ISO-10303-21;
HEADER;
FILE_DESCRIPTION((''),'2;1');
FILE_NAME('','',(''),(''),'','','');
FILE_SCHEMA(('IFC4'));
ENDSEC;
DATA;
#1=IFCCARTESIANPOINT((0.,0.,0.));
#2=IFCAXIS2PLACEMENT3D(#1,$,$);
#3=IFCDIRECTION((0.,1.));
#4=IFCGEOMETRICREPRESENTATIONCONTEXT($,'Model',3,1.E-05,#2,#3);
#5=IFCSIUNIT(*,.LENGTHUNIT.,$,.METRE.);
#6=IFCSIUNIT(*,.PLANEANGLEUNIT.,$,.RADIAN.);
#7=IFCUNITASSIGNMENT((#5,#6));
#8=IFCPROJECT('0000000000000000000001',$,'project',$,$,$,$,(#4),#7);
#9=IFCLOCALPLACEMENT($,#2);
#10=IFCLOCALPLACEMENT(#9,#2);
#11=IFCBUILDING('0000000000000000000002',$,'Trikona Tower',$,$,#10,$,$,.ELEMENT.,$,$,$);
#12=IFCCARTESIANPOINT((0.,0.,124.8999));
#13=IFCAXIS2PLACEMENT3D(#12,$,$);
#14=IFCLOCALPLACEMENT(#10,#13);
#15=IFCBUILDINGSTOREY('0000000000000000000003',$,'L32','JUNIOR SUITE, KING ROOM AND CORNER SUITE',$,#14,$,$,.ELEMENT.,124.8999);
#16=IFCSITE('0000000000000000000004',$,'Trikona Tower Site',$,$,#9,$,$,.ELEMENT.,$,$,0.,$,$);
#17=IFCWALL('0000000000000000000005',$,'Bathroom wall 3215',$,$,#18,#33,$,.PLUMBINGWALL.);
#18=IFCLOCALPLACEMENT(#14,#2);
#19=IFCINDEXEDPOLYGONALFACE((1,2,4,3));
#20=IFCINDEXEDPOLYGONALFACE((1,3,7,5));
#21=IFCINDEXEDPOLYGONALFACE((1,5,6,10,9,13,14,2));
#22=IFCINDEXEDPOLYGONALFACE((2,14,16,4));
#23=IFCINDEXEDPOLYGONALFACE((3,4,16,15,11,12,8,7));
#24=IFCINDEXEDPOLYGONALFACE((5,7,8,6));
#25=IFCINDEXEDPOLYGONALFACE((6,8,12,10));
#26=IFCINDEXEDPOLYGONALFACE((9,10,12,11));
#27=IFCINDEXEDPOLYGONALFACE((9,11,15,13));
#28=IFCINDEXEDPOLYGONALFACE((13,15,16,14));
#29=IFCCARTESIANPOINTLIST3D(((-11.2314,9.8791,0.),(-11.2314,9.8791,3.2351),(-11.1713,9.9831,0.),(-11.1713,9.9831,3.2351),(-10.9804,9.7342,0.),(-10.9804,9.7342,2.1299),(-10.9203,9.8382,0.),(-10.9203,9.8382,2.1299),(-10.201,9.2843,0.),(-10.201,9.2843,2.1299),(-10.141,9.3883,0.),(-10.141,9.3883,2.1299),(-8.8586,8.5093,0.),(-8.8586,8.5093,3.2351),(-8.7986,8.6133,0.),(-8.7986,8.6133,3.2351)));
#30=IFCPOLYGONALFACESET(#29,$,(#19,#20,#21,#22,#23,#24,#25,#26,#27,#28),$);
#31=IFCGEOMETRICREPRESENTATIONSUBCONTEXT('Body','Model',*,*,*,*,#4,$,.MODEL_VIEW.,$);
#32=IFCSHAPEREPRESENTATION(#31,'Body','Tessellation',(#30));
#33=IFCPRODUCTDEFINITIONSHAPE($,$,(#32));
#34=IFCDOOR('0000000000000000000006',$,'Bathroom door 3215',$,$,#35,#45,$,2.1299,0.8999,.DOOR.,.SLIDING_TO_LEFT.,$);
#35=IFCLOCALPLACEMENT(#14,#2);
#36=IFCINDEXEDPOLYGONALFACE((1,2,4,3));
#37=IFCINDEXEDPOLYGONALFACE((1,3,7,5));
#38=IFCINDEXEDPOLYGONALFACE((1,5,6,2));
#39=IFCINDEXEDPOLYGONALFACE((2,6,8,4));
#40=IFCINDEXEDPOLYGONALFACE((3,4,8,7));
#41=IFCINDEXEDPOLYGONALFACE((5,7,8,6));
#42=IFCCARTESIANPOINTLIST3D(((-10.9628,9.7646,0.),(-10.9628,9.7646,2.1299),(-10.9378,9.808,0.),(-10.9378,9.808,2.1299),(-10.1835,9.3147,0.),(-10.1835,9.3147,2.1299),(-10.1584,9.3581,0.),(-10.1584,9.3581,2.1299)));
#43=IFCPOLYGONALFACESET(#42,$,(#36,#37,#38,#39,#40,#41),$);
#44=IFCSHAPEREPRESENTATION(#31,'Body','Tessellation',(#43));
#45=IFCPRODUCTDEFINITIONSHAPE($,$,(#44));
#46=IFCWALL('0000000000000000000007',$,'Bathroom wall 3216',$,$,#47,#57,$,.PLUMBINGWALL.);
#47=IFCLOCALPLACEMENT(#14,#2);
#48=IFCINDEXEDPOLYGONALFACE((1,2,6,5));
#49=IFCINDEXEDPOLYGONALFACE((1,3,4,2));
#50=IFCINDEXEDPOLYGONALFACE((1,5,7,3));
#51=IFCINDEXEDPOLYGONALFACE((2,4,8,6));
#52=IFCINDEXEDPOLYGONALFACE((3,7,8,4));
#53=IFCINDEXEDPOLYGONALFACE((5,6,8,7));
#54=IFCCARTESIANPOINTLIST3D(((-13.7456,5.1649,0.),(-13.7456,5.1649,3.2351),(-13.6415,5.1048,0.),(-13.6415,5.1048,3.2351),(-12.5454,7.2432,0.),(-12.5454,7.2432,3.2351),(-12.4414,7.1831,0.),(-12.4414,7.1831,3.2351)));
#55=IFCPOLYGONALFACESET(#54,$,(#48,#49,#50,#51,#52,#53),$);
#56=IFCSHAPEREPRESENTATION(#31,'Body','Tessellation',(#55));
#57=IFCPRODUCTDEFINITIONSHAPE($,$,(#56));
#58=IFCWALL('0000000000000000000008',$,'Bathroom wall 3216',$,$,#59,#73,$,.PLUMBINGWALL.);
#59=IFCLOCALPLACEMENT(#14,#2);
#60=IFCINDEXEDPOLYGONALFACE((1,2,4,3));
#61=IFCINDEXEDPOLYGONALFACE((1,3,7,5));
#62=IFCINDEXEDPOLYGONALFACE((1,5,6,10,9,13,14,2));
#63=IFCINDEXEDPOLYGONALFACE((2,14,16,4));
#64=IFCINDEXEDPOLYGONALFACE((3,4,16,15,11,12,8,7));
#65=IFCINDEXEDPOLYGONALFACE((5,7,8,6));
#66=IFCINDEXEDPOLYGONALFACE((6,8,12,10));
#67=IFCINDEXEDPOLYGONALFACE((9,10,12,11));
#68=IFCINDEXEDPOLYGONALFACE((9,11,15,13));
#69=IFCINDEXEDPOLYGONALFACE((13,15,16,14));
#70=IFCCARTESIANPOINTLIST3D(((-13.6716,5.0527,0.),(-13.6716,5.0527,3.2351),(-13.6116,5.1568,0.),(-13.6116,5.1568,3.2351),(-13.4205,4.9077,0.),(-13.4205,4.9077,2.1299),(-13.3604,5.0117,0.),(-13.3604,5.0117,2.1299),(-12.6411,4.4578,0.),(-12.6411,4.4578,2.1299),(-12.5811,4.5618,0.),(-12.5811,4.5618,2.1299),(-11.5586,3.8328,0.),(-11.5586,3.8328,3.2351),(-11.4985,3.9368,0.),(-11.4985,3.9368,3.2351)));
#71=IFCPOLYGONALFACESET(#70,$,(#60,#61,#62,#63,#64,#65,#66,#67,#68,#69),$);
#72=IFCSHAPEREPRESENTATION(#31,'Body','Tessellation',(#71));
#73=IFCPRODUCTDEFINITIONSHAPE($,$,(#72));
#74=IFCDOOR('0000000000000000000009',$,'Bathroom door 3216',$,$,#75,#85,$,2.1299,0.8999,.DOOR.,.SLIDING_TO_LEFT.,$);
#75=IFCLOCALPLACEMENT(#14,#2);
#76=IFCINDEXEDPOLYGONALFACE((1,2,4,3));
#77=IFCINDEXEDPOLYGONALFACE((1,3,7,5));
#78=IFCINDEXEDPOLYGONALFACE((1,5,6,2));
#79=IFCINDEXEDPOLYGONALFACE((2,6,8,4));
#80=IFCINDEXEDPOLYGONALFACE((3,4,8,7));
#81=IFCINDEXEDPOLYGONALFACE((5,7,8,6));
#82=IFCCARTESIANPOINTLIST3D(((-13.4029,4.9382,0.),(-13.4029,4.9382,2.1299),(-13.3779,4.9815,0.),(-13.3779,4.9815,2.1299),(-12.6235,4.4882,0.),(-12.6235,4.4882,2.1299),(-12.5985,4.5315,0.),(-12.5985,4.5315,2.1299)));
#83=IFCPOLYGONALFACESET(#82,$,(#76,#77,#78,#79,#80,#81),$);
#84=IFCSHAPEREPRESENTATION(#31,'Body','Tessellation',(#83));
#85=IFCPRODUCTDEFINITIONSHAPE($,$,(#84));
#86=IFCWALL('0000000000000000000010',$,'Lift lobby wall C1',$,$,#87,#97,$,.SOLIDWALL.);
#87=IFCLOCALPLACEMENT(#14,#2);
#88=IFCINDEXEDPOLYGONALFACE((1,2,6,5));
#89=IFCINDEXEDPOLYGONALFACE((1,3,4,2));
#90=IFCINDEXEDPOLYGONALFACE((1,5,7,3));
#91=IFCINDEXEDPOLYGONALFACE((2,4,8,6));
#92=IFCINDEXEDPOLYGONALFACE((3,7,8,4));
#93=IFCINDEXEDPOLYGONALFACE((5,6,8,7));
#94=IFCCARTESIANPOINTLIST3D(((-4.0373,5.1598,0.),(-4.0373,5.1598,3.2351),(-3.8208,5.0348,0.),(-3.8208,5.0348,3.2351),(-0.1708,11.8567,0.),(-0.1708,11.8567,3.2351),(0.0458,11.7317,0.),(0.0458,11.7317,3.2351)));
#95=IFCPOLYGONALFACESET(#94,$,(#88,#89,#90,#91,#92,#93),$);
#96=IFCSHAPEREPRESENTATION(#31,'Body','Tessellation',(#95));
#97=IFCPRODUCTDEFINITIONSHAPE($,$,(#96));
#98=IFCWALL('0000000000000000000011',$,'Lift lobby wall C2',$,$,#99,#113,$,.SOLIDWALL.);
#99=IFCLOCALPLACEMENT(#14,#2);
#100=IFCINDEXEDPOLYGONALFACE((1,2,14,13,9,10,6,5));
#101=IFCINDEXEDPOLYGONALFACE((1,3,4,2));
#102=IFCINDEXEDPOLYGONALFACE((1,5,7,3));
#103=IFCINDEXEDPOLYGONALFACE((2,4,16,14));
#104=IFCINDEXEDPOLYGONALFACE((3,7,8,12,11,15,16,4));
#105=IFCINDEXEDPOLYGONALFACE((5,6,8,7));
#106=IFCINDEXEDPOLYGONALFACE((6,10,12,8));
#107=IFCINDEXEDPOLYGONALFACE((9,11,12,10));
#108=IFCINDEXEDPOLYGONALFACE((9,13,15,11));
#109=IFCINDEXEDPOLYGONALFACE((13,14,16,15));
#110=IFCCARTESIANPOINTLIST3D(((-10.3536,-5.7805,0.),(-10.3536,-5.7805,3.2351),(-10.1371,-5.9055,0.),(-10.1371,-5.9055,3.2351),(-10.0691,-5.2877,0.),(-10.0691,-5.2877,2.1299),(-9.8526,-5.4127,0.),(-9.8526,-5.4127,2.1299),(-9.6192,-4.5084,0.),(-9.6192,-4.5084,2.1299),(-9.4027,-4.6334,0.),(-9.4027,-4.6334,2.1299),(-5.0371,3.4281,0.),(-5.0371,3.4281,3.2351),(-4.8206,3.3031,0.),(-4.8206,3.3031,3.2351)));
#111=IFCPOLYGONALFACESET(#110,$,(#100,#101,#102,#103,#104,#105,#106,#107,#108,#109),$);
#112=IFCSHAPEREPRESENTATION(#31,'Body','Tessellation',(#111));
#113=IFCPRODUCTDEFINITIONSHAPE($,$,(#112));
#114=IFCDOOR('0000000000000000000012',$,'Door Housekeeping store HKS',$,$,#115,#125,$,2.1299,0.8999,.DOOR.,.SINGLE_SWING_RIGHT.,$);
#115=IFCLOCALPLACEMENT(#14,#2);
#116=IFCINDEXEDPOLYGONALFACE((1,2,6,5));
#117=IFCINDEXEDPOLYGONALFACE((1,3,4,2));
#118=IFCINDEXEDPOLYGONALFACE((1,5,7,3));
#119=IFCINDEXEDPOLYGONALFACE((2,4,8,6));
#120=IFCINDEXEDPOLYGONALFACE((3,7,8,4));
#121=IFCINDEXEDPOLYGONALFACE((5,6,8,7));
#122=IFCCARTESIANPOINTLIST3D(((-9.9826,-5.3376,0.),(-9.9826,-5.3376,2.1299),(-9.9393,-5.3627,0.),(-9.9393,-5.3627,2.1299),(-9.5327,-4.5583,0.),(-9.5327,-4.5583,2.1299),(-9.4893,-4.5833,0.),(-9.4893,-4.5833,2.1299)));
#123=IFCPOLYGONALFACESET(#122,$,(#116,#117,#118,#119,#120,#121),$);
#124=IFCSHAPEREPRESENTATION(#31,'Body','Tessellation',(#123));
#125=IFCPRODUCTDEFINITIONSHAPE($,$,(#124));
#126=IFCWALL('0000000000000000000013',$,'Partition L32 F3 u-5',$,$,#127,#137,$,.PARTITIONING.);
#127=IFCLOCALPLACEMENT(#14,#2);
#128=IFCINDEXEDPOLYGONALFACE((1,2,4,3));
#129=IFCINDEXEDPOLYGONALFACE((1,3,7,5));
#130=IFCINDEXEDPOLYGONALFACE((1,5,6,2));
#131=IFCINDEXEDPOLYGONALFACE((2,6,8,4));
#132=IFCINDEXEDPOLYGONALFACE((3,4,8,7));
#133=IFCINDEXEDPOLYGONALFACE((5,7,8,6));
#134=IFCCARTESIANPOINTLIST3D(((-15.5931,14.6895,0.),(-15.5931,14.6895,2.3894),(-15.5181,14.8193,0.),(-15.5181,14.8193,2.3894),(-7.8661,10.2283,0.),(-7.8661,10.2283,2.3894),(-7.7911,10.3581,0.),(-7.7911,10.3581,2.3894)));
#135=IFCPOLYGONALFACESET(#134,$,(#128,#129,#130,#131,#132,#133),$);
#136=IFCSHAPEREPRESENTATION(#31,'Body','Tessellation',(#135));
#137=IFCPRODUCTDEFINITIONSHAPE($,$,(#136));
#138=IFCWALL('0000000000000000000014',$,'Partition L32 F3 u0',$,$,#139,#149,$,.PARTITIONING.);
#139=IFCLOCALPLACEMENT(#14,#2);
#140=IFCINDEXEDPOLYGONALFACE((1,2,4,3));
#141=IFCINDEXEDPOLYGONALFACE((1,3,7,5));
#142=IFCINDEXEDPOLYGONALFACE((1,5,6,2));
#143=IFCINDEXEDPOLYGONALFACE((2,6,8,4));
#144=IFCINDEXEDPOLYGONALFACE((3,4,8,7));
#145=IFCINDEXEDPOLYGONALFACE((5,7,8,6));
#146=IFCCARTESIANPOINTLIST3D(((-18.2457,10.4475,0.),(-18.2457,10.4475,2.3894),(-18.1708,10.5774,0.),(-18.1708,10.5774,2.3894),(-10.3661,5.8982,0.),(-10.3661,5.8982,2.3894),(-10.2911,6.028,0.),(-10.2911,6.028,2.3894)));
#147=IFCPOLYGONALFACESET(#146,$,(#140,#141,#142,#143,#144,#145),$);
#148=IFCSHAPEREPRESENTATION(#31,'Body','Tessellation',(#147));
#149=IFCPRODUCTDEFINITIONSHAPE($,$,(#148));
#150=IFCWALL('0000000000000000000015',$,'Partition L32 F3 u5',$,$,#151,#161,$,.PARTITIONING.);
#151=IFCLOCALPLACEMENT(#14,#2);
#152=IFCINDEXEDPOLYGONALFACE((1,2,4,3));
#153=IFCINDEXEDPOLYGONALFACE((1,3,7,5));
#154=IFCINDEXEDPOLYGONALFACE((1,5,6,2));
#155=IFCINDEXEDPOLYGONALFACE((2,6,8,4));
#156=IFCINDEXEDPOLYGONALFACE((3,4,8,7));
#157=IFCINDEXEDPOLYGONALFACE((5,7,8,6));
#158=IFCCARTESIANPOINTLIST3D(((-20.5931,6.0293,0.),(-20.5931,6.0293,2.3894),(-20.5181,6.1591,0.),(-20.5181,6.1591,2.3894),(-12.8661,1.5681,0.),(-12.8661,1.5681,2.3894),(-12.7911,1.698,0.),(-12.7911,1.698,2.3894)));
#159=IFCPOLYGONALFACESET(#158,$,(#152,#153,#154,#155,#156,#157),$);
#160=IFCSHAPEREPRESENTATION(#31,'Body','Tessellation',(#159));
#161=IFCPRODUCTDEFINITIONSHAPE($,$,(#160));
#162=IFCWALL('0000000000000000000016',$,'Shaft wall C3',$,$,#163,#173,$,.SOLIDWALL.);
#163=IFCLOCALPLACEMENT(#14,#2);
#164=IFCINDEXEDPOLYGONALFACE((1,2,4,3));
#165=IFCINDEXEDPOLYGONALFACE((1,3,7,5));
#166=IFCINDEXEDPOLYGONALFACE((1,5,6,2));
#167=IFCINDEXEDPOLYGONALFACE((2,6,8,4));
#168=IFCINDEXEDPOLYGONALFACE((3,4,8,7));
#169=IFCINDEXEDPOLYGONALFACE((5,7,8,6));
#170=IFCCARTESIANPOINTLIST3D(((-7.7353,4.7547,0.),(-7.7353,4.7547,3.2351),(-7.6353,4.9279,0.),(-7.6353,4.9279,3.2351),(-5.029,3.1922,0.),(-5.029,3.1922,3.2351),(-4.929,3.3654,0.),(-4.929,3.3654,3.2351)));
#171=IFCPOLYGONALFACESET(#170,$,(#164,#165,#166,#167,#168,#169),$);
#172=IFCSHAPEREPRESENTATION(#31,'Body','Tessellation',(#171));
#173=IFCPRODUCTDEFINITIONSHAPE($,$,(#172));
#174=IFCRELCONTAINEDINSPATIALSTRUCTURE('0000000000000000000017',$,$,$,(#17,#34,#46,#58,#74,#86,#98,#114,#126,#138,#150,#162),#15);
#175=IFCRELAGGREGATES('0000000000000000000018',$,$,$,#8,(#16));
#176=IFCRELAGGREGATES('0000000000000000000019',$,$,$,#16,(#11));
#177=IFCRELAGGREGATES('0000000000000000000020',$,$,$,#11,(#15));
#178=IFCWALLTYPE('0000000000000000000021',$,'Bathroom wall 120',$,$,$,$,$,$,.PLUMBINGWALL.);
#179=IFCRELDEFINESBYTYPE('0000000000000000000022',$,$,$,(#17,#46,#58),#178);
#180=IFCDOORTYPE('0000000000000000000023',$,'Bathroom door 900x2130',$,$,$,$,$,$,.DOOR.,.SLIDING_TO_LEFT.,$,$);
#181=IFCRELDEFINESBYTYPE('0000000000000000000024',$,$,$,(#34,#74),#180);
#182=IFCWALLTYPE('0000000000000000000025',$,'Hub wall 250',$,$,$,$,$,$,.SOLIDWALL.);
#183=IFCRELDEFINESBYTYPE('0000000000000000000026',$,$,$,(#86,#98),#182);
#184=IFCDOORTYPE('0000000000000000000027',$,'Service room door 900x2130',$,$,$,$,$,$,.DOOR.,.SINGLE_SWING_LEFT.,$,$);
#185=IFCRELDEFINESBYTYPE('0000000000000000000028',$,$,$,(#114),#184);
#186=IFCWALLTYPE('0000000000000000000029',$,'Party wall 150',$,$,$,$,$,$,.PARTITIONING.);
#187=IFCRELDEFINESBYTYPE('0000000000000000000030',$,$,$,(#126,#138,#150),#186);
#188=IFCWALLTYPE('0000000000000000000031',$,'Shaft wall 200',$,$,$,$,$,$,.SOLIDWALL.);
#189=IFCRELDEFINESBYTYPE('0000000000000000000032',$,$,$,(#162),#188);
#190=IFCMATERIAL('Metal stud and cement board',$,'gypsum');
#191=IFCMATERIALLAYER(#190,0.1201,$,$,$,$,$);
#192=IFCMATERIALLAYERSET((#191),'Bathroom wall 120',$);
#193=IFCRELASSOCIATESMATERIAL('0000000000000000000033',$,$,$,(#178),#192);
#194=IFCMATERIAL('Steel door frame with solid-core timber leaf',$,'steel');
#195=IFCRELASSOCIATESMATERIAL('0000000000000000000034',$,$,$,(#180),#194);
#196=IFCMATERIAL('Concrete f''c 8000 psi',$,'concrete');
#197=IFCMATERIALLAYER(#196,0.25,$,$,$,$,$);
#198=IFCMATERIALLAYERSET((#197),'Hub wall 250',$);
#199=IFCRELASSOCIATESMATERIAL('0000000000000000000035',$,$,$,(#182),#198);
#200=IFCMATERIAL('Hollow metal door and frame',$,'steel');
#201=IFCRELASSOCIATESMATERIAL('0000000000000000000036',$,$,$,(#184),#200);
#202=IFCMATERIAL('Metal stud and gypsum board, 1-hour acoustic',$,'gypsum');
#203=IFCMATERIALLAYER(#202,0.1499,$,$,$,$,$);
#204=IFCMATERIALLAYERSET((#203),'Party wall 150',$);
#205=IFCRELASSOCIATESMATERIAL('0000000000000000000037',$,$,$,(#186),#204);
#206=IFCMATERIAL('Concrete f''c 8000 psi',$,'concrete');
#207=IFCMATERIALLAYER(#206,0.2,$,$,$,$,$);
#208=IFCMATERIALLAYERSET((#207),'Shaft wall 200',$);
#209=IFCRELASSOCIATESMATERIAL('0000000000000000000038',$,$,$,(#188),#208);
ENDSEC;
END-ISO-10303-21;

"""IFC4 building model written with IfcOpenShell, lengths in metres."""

from ifc_helpers import new_model, si_unit, direction, frame, frame_2d, origin, place, context, subcontext, project, spatial, rectangle, extrude, material, layer, layer_set, type_object, element, fill, save


model = new_model("IFC4")

# Units and contexts
model_context = context("Model", 3, precision=1e-05, world=origin(), true_north=direction((0.0, 1.0)))
body_context = subcontext(model_context, "Body", "Model", "MODEL_VIEW")
ifc_project = project(units=[si_unit("LENGTHUNIT", "METRE"), si_unit("PLANEANGLEUNIT", "RADIAN")], contexts=[model_context])

# Site, building, storey
site_placement = place(None, origin())
site = spatial("IfcSite", under=ifc_project, at=site_placement, Name="Trikona Tower Site", CompositionType="ELEMENT", RefElevation=0.0)
building_placement = place(site_placement, origin())
building = spatial("IfcBuilding", under=site, at=building_placement, Name="Trikona Tower", CompositionType="ELEMENT")
storey_placement = place(building_placement, frame((0.0, 0.0, 124.8999)))
storey = spatial("IfcBuildingStorey", under=building, at=storey_placement, Name="L32", Description="JUNIOR SUITE, KING ROOM AND CORNER SUITE", CompositionType="ELEMENT", Elevation=124.8999)

# Shared definitions
ifc_material_1 = material(Name="Metal stud and cement board", Category="gypsum")
ifc_layer_1 = layer(ifc_material_1, 0.1201)
ifc_layer_set_1 = layer_set([ifc_layer_1], Name="Bathroom wall 120")
wall_type_1 = type_object("IfcWallType", Name="Bathroom wall 120", PredefinedType="PLUMBINGWALL", material=ifc_layer_set_1)
ifc_material_2 = material(Name="Steel door frame with solid-core timber leaf", Category="steel")
door_type_1 = type_object("IfcDoorType", Name="Bathroom door 900x2130", OperationType="SLIDING_TO_LEFT", PredefinedType="DOOR", material=ifc_material_2)

# Wall, opening, door
wall_1_placement = place(storey_placement, frame((-8.8286, 8.5613, 0.0), z_axis=(0.0, 0.0, 1.0), x_axis=(-0.866036, 0.499982, 0.0)))
wall_1 = element("IfcWall", 1, at=wall_1_placement, inside=storey, type_object=wall_type_1, Name="Bathroom wall 3215", PredefinedType="PLUMBINGWALL", context=body_context, shape_type="SweptSolid", body=[
    extrude(rectangle(XDim=2.7397, YDim=0.1201, at=frame_2d((1.3699, 0.0))), origin(), (0.0, 0.0, 1.0), 3.2351),
])
opening_1_placement = place(wall_1_placement, frame((1.55, 0.0, 0.0)))
opening_1 = element("IfcOpeningElement", 2, at=opening_1_placement, cuts=wall_1, PredefinedType="OPENING", context=body_context, shape_type="SweptSolid", body=[
    extrude(rectangle(XDim=0.8999, YDim=2.1299, at=frame_2d((0.45, 1.0649))), frame((0.0, 0.0701, 0.0), z_axis=(0.0, -1.0, 0.0), x_axis=(1.0, 0.0, 0.0)), (0.0, 0.0, 1.0), 0.1401),
])
door_1_placement = place(opening_1_placement, origin())
door_1 = element("IfcDoor", 3, at=door_1_placement, inside=storey, type_object=door_type_1, Name="Bathroom door 3215", OperationType="SLIDING_TO_LEFT", OverallHeight=2.1299, OverallWidth=0.8999, PredefinedType="DOOR", context=body_context, shape_type="SweptSolid", body=[
    extrude(rectangle(XDim=0.8999, YDim=2.1299, at=frame_2d((0.45, 1.0649))), frame((0.0, 0.0249, 0.0), z_axis=(0.0, -1.0, 0.0), x_axis=(1.0, 0.0, 0.0)), (0.0, 0.0, 1.0), 0.05),
])
fill(opening_1, door_1)

# Wall
wall_2_placement = place(storey_placement, frame((-12.4934, 7.2131, 0.0), z_axis=(0.0, 0.0, 1.0), x_axis=(-0.500078, -0.865981, 0.0)))
element("IfcWall", 4, at=wall_2_placement, inside=storey, type_object=wall_type_1, Name="Bathroom wall 3216", PredefinedType="PLUMBINGWALL", context=body_context, shape_type="SweptSolid", body=[
    extrude(rectangle(XDim=2.3999, YDim=0.1201, at=frame_2d((1.2, 0.0))), origin(), (0.0, 0.0, 1.0), 3.2351),
])

# Wall, opening, door
wall_3_placement = place(storey_placement, frame((-11.5286, 3.8848, 0.0), z_axis=(0.0, 0.0, 1.0), x_axis=(-0.866024, 0.500003, 0.0)))
wall_3 = element("IfcWall", 5, at=wall_3_placement, inside=storey, type_object=wall_type_1, Name="Bathroom wall 3216", PredefinedType="PLUMBINGWALL", context=body_context, shape_type="SweptSolid", body=[
    extrude(rectangle(XDim=2.4399, YDim=0.1201, at=frame_2d((1.22, 0.0))), origin(), (0.0, 0.0, 1.0), 3.2351),
])
opening_2_placement = place(wall_3_placement, frame((1.25, 0.0, 0.0)))
opening_2 = element("IfcOpeningElement", 6, at=opening_2_placement, cuts=wall_3, PredefinedType="OPENING", context=body_context, shape_type="SweptSolid", body=[
    extrude(rectangle(XDim=0.8999, YDim=2.1299, at=frame_2d((0.45, 1.0649))), frame((0.0, 0.0701, 0.0), z_axis=(0.0, -1.0, 0.0), x_axis=(1.0, 0.0, 0.0)), (0.0, 0.0, 1.0), 0.1401),
])
door_2_placement = place(opening_2_placement, origin())
door_2 = element("IfcDoor", 7, at=door_2_placement, inside=storey, type_object=door_type_1, Name="Bathroom door 3216", OperationType="SLIDING_TO_LEFT", OverallHeight=2.1299, OverallWidth=0.8999, PredefinedType="DOOR", context=body_context, shape_type="SweptSolid", body=[
    extrude(rectangle(XDim=0.8999, YDim=2.1299, at=frame_2d((0.45, 1.0649))), frame((0.0, 0.0249, 0.0), z_axis=(0.0, -1.0, 0.0), x_axis=(1.0, 0.0, 0.0)), (0.0, 0.0, 1.0), 0.05),
])
fill(opening_2, door_2)

# Wall
ifc_material_3 = material(Name="Concrete f'c 8000 psi", Category="concrete")
ifc_layer_2 = layer(ifc_material_3, 0.25)
ifc_layer_set_2 = layer_set([ifc_layer_2], Name="Hub wall 250")
wall_type_2 = type_object("IfcWallType", Name="Hub wall 250", PredefinedType="SOLIDWALL", material=ifc_layer_set_2)
wall_4_placement = place(storey_placement, frame((-0.0625, 11.7942, 0.0), z_axis=(0.0, 0.0, 1.0), x_axis=(-0.500007, -0.866022, 0.0)))
element("IfcWall", 8, at=wall_4_placement, inside=storey, type_object=wall_type_2, Name="Lift lobby wall C1", PredefinedType="SOLIDWALL", context=body_context, shape_type="SweptSolid", body=[
    extrude(rectangle(XDim=7.7329, YDim=0.25, at=frame_2d((3.8665, 0.0))), origin(), (0.0, 0.0, 1.0), 3.2351),
])

# Wall, opening, door
wall_5_placement = place(storey_placement, frame((-4.929, 3.3655, 0.0), z_axis=(0.0, 0.0, 1.0), x_axis=(-0.499991, -0.86603, 0.0)))
wall_5 = element("IfcWall", 9, at=wall_5_placement, inside=storey, type_object=wall_type_2, Name="Lift lobby wall C2", PredefinedType="SOLIDWALL", context=body_context, shape_type="SweptSolid", body=[
    extrude(rectangle(XDim=10.6331, YDim=0.25, at=frame_2d((5.3164, 0.0))), origin(), (0.0, 0.0, 1.0), 3.2351),
])
opening_3_placement = place(wall_5_placement, frame((9.1641, 0.0, 0.0)))
opening_3 = element("IfcOpeningElement", 10, at=opening_3_placement, cuts=wall_5, PredefinedType="OPENING", context=body_context, shape_type="SweptSolid", body=[
    extrude(rectangle(XDim=0.8999, YDim=2.1299, at=frame_2d((0.45, 1.0649))), frame((0.0, 0.135, 0.0), z_axis=(0.0, -1.0, 0.0), x_axis=(1.0, 0.0, 0.0)), (0.0, 0.0, 1.0), 0.27),
])
ifc_material_4 = material(Name="Hollow metal door and frame", Category="steel")
door_type_2 = type_object("IfcDoorType", Name="Service room door 900x2130", OperationType="SINGLE_SWING_LEFT", PredefinedType="DOOR", material=ifc_material_4)
door_3_placement = place(opening_3_placement, origin())
door_3 = element("IfcDoor", 11, at=door_3_placement, inside=storey, type_object=door_type_2, Name="Door Housekeeping store HKS", OperationType="SINGLE_SWING_RIGHT", OverallHeight=2.1299, OverallWidth=0.8999, PredefinedType="DOOR", context=body_context, shape_type="SweptSolid", body=[
    extrude(rectangle(XDim=0.8999, YDim=2.1299, at=frame_2d((0.45, 1.0649))), frame((0.0, 0.0249, 0.0), z_axis=(0.0, -1.0, 0.0), x_axis=(1.0, 0.0, 0.0)), (0.0, 0.0, 1.0), 0.05),
])
fill(opening_3, door_3)

# Walls
ifc_material_5 = material(Name="Metal stud and gypsum board, 1-hour acoustic", Category="gypsum")
ifc_layer_3 = layer(ifc_material_5, 0.1499)
ifc_layer_set_3 = layer_set([ifc_layer_3], Name="Party wall 150")
wall_type_3 = type_object("IfcWallType", Name="Party wall 150", PredefinedType="PARTITIONING", material=ifc_layer_set_3)
wall_6_placement = place(storey_placement, frame((-7.8286, 10.2932, 0.0), z_axis=(0.0, 0.0, 1.0), x_axis=(-0.866027, 0.499997, 0.0)))
element("IfcWall", 12, at=wall_6_placement, inside=storey, type_object=wall_type_3, Name="Partition L32 F3 u-5", PredefinedType="PARTITIONING", context=body_context, shape_type="SweptSolid", body=[
    extrude(rectangle(XDim=8.9224, YDim=0.1499, at=frame_2d((4.4612, 0.0))), origin(), (0.0, 0.0, 1.0), 2.3894),
])
wall_7_placement = place(storey_placement, frame((-10.3286, 5.9631, 0.0), z_axis=(0.0, 0.0, 1.0), x_axis=(-0.866025, 0.5, 0.0)))
element("IfcWall", 13, at=wall_7_placement, inside=storey, type_object=wall_type_3, Name="Partition L32 F3 u0", PredefinedType="PARTITIONING", context=body_context, shape_type="SweptSolid", body=[
    extrude(rectangle(XDim=9.0986, YDim=0.1499, at=frame_2d((4.5493, 0.0))), origin(), (0.0, 0.0, 1.0), 2.3894),
])
wall_8_placement = place(storey_placement, frame((-12.8286, 1.6331, 0.0), z_axis=(0.0, 0.0, 1.0), x_axis=(-0.866027, 0.499997, 0.0)))
element("IfcWall", 14, at=wall_8_placement, inside=storey, type_object=wall_type_3, Name="Partition L32 F3 u5", PredefinedType="PARTITIONING", context=body_context, shape_type="SweptSolid", body=[
    extrude(rectangle(XDim=8.9224, YDim=0.1499, at=frame_2d((4.4612, 0.0))), origin(), (0.0, 0.0, 1.0), 2.3894),
])
ifc_material_6 = material(Name="Concrete f'c 8000 psi", Category="concrete")
ifc_layer_4 = layer(ifc_material_6, 0.2)
ifc_layer_set_4 = layer_set([ifc_layer_4], Name="Shaft wall 200")
wall_type_4 = type_object("IfcWallType", Name="Shaft wall 200", PredefinedType="SOLIDWALL", material=ifc_layer_set_4)
for number, where, z_axis, x_axis, name in (
    (15, (-4.979, 3.2788, 0.0), (0.0, 0.0, 1.0), (-0.866023, 0.500004, 0.0), "Shaft wall C3"),
):
    element("IfcWall", number, at=place(storey_placement, frame(where, z_axis=z_axis, x_axis=x_axis)), inside=storey, type_object=wall_type_4, Name=name, PredefinedType="SOLIDWALL", context=body_context, shape_type="SweptSolid", body=[
        extrude(rectangle(XDim=3.125, YDim=0.2, at=frame_2d((1.5625, 0.0))), origin(), (0.0, 0.0, 1.0), 3.2351),
    ])

save(model, "model.ifc")
